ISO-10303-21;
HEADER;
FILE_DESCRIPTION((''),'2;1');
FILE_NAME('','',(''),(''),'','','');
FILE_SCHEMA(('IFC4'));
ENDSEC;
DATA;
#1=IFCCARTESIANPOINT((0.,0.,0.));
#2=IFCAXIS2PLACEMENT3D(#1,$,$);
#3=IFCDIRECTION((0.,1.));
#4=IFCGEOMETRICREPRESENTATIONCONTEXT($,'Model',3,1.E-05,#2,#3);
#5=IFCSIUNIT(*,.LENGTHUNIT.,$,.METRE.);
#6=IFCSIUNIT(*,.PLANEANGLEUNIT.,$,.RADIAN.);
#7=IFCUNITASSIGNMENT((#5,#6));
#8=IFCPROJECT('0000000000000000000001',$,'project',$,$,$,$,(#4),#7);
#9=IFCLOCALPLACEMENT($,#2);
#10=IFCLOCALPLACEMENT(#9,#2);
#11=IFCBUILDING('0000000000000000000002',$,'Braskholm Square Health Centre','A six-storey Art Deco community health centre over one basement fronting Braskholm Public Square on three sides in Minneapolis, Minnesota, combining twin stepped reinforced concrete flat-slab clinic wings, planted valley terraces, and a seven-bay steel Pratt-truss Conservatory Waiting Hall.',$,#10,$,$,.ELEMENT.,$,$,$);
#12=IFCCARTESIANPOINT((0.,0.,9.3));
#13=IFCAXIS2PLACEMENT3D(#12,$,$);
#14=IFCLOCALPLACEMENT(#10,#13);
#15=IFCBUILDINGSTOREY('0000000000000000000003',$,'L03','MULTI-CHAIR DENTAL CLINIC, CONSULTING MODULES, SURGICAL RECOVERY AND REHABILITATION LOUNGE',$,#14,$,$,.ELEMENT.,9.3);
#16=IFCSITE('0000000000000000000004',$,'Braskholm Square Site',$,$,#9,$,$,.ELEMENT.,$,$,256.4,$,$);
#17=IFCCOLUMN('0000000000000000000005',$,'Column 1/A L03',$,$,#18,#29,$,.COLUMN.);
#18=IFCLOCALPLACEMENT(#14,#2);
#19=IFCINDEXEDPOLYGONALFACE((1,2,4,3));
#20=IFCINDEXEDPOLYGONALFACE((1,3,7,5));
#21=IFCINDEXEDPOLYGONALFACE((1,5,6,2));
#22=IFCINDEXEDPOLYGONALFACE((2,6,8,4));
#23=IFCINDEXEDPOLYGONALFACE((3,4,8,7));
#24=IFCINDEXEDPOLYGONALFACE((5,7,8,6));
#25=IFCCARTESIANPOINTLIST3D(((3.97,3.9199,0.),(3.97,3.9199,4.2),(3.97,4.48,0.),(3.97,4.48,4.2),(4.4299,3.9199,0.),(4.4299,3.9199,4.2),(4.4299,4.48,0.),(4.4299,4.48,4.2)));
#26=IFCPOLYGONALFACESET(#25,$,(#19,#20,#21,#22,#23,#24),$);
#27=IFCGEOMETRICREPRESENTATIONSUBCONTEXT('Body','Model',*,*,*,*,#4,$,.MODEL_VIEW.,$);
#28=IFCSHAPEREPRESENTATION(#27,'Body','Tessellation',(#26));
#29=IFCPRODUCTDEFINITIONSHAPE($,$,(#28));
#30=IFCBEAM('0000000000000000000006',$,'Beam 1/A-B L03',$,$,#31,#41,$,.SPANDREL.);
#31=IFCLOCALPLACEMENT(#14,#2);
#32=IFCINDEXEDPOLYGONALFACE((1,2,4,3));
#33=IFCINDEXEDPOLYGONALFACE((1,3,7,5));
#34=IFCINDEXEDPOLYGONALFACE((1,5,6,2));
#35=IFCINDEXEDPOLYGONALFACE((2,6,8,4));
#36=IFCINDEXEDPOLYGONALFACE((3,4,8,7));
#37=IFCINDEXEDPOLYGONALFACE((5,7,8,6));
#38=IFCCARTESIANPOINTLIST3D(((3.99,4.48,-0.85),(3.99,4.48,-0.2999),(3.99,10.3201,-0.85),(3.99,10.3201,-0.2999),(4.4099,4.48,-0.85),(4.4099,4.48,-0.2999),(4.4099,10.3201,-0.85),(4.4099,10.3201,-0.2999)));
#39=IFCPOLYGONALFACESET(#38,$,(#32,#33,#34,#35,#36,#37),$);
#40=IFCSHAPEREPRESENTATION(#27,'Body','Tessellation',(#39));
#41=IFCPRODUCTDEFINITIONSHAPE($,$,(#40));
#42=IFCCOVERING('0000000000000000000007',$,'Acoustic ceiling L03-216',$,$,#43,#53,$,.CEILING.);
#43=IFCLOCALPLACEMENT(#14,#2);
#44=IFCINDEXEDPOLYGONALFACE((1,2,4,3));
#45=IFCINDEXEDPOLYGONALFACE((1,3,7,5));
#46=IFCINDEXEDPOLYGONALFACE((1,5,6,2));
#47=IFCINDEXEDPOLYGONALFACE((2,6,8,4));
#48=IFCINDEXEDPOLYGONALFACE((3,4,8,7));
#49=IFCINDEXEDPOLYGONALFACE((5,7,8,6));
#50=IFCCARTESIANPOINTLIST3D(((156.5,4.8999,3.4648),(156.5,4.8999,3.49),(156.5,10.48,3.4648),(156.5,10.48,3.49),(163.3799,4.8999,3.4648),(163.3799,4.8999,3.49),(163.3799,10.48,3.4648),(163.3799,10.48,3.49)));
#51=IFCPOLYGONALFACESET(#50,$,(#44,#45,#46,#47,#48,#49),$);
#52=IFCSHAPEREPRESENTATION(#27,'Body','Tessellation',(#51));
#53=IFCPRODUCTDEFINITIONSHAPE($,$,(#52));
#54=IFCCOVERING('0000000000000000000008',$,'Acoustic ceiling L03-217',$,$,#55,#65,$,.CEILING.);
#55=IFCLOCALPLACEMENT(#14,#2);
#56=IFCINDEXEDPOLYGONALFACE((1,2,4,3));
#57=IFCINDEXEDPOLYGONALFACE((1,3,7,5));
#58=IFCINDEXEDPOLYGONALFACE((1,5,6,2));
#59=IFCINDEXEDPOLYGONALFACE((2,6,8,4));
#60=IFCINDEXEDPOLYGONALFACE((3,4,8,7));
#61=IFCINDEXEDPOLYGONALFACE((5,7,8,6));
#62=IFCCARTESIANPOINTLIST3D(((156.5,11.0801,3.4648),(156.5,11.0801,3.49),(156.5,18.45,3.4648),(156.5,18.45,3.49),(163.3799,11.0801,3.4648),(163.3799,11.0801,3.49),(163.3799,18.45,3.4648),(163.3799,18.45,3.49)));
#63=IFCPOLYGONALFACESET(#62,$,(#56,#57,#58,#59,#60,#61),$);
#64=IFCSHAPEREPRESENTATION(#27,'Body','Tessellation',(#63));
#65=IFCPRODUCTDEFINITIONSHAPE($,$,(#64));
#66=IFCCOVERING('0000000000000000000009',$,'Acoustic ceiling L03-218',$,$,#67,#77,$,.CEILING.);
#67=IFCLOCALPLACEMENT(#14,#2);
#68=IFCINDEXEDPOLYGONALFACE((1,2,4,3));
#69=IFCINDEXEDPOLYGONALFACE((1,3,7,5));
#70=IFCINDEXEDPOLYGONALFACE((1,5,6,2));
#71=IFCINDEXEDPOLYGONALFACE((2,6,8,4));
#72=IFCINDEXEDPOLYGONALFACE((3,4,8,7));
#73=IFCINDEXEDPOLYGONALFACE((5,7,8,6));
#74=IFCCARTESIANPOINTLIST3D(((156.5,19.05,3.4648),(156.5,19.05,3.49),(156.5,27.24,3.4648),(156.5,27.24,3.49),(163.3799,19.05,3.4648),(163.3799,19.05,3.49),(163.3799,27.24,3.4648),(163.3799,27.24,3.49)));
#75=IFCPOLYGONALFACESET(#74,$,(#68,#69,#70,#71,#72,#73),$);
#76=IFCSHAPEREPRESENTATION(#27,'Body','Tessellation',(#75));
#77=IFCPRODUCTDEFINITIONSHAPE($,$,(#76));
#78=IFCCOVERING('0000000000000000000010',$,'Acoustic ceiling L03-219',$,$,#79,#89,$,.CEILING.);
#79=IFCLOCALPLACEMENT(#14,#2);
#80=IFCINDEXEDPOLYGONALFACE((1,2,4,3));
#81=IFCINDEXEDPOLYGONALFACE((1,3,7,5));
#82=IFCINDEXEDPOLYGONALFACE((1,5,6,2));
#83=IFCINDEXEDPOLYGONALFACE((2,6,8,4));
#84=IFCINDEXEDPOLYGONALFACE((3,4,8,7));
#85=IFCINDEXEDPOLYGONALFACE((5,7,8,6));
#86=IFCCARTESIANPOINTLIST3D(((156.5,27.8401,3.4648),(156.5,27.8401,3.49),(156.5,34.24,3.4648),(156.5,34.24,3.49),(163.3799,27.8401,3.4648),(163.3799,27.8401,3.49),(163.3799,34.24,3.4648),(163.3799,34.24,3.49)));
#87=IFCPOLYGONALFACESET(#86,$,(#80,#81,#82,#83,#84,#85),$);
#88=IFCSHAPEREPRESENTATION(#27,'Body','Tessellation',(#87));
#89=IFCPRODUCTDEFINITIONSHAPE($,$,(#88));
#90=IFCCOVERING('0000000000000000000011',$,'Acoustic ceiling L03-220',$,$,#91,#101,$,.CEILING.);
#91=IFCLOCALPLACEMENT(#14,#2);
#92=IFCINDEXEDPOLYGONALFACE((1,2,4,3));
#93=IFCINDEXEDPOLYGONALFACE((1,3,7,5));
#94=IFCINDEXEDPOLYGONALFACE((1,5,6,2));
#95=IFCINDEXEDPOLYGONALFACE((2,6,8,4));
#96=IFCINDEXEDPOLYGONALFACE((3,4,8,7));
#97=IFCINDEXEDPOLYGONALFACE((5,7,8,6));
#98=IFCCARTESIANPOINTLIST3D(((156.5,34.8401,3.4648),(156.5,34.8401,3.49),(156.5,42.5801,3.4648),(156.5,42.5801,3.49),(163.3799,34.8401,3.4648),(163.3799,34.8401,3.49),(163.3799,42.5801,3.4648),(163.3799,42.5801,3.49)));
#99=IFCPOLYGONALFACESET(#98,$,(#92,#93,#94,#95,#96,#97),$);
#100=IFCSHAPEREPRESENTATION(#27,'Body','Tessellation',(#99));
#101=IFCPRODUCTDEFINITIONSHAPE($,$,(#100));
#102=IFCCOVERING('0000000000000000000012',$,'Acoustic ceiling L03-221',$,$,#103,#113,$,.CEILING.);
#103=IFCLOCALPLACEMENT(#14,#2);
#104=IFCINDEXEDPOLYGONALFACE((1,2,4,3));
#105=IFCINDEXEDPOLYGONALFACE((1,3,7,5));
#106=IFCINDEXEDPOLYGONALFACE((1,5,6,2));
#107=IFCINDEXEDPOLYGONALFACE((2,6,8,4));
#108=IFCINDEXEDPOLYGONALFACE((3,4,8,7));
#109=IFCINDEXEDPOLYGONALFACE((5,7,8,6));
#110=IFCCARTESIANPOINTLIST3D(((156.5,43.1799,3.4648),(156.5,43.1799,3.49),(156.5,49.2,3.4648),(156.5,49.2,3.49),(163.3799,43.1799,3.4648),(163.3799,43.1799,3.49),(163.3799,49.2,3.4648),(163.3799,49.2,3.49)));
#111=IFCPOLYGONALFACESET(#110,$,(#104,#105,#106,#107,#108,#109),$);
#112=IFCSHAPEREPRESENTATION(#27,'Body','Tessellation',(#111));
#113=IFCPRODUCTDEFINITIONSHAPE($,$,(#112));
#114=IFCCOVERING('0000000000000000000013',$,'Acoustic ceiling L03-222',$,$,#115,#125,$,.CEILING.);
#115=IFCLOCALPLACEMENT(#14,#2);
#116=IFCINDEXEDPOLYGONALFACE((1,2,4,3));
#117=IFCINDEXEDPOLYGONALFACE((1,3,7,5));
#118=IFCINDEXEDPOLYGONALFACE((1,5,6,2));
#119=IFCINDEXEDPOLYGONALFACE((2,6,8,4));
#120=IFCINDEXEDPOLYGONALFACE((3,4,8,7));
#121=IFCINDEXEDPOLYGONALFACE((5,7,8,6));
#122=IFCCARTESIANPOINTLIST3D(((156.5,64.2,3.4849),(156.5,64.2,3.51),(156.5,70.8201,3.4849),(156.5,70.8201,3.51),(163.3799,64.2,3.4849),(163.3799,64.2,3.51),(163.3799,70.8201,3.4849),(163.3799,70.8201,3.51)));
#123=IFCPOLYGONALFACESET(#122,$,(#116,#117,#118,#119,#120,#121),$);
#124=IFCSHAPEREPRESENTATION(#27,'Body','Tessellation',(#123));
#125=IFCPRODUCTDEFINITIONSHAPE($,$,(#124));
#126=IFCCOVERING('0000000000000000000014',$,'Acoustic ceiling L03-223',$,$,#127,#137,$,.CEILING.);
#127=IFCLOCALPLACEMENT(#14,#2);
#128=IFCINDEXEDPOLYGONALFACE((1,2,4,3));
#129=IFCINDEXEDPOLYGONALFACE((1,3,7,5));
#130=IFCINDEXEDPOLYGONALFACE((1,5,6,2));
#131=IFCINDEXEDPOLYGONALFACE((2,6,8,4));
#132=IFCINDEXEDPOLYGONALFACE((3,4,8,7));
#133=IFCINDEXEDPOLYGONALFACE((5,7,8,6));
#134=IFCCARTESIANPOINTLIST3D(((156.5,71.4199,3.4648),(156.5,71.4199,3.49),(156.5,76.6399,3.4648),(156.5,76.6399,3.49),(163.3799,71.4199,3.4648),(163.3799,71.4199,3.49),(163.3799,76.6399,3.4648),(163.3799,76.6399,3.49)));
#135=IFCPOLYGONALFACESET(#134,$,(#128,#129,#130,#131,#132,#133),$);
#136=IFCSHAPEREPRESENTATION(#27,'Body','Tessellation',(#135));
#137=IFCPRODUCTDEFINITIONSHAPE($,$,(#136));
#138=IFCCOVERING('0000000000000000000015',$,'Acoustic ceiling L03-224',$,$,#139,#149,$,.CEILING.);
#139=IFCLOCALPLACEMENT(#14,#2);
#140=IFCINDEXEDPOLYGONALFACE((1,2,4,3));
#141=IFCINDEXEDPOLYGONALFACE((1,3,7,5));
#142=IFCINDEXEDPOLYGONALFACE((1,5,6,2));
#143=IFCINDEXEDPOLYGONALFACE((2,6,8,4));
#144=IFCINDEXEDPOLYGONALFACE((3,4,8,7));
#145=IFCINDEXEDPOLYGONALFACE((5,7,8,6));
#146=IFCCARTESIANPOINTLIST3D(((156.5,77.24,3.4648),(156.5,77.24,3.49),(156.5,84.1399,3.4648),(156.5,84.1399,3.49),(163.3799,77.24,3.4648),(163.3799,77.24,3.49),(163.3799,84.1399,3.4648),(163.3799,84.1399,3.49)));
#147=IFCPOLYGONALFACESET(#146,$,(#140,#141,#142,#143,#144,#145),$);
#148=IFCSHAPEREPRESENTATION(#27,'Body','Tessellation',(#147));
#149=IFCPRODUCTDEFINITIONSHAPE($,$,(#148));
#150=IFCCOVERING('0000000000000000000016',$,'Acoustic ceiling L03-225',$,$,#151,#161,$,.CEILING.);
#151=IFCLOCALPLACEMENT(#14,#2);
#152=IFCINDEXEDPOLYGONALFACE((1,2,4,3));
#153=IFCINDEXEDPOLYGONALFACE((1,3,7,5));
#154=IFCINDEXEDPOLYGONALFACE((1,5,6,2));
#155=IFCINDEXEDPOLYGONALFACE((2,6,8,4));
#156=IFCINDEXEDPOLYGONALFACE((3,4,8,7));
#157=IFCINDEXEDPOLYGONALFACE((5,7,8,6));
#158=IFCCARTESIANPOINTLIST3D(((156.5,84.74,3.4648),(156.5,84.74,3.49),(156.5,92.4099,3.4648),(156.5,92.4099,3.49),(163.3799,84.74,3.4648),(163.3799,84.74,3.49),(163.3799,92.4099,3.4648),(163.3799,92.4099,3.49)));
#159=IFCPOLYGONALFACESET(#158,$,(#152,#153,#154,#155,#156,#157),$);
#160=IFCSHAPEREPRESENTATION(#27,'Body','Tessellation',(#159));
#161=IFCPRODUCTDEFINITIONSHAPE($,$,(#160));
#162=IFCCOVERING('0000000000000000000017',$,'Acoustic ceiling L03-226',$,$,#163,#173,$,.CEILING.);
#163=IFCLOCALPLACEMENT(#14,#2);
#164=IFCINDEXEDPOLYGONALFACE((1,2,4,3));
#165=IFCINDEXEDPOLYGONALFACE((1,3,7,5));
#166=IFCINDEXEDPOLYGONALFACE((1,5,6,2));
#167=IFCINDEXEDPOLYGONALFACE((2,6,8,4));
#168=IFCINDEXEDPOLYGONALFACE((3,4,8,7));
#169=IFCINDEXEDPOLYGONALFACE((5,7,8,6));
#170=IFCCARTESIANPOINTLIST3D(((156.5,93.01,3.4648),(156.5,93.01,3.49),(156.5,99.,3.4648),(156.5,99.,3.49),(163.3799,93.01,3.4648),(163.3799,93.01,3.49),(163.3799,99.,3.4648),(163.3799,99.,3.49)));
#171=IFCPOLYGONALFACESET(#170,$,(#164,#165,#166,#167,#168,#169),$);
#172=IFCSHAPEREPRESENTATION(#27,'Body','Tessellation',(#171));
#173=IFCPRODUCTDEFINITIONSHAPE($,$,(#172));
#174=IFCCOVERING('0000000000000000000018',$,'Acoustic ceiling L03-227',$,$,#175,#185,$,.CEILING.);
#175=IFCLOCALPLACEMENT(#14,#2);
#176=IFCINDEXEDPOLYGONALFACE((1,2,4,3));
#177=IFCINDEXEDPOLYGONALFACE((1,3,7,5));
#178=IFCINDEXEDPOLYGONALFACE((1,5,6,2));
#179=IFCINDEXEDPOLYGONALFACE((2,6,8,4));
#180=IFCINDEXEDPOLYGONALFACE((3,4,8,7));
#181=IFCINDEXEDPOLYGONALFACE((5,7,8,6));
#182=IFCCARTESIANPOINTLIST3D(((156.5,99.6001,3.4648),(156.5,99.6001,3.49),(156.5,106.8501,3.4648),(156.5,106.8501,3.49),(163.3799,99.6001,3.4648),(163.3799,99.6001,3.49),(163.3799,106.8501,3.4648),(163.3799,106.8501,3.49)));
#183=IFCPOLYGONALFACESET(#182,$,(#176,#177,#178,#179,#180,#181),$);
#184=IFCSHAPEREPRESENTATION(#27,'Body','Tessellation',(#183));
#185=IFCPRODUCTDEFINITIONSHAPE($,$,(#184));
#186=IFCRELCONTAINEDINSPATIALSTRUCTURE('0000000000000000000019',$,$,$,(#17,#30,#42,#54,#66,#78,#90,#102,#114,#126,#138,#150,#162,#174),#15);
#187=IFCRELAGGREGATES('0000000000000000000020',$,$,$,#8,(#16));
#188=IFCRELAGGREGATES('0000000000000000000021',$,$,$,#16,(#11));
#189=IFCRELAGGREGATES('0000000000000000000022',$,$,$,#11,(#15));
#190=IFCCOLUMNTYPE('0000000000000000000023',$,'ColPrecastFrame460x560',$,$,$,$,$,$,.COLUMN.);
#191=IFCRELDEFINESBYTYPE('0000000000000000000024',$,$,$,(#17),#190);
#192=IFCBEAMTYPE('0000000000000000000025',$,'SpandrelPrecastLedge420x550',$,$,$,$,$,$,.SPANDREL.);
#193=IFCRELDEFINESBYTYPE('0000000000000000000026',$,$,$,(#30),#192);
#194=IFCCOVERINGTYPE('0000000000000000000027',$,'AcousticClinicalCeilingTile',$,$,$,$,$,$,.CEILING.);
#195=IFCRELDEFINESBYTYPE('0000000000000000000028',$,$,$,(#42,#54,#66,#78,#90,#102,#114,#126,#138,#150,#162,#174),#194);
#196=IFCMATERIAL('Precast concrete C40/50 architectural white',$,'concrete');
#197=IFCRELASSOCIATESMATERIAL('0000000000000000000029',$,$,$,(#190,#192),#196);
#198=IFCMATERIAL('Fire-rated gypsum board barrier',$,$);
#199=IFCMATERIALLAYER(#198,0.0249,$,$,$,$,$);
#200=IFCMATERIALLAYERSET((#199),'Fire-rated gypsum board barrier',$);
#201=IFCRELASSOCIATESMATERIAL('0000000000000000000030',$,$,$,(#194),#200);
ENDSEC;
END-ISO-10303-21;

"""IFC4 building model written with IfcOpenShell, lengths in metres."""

from ifc_helpers import new_model, si_unit, direction, frame, origin, origin_2d, place, context, subcontext, project, spatial, polyline, rectangle, outline, extrude, material, layer, layer_set, material_profile, profile_set, type_object, element, save


model = new_model("IFC4")

# Units and contexts
model_context = context("Model", 3, precision=1e-05, world=origin(), true_north=direction((0.0, 1.0)))
body_context = subcontext(model_context, "Body", "Model", "MODEL_VIEW")
ifc_project = project(units=[si_unit("LENGTHUNIT", "METRE"), si_unit("PLANEANGLEUNIT", "RADIAN")], contexts=[model_context])

# Site, building, storey
site_placement = place(None, origin())
site = spatial("IfcSite", under=ifc_project, at=site_placement, Name="Braskholm Square Site", CompositionType="ELEMENT", RefElevation=256.4)
building_placement = place(site_placement, origin())
building = spatial("IfcBuilding", under=site, at=building_placement, Name="Braskholm Square Health Centre", Description="A six-storey Art Deco community health centre over one basement fronting Braskholm Public Square on three sides in Minneapolis, Minnesota, combining twin stepped reinforced concrete flat-slab clinic wings, planted valley terraces, and a seven-bay steel Pratt-truss Conservatory Waiting Hall.", CompositionType="ELEMENT")
storey_placement = place(building_placement, frame((0.0, 0.0, 9.3)))
storey = spatial("IfcBuildingStorey", under=building, at=storey_placement, Name="L03", Description="MULTI-CHAIR DENTAL CLINIC, CONSULTING MODULES, SURGICAL RECOVERY AND REHABILITATION LOUNGE", CompositionType="ELEMENT", Elevation=9.3)

# Column
ifc_material_1 = material(Name="Precast concrete C40/50 architectural white", Category="concrete")
ifc_material_profile_1 = material_profile(ifc_material_1, rectangle(XDim=0.46, YDim=0.5601, at=origin_2d()), Name="RC-460X560")
ifc_profile_set_1 = profile_set([ifc_material_profile_1], Name="Precast concrete C40/50 architectural white")
column_type = type_object("IfcColumnType", Name="ColPrecastFrame460x560", PredefinedType="COLUMN", material=ifc_profile_set_1)
column_placement = place(storey_placement, frame((4.2, 4.2, 0.0), z_axis=(0.0, 0.0, 1.0), x_axis=(1.0, 0.0, 0.0)))
element("IfcColumn", 1, at=column_placement, inside=storey, type_object=column_type, Name="Column 1/A L03", PredefinedType="COLUMN", context=body_context, shape_type="SweptSolid", body=[
    extrude(rectangle(XDim=0.46, YDim=0.5601, at=origin_2d()), origin(), (0.0, 0.0, 1.0), 4.2),
])

# Beam
ifc_material_profile_2 = material_profile(ifc_material_1, rectangle(XDim=0.4199, YDim=0.55, at=origin_2d()), Name="RCB-420X550")
ifc_profile_set_2 = profile_set([ifc_material_profile_2], Name="Precast concrete C40/50 architectural white")
beam_type = type_object("IfcBeamType", Name="SpandrelPrecastLedge420x550", PredefinedType="SPANDREL", material=ifc_profile_set_2)
beam_placement = place(storey_placement, frame((4.2, 4.48, -0.575), z_axis=(0.0, 1.0, 0.0), x_axis=(-1.0, 0.0, 0.0)))
element("IfcBeam", 2, at=beam_placement, inside=storey, type_object=beam_type, Name="Beam 1/A-B L03", PredefinedType="SPANDREL", context=body_context, shape_type="SweptSolid", body=[
    extrude(rectangle(XDim=0.4199, YDim=0.55, at=origin_2d()), origin(), (0.0, 0.0, 1.0), 5.8401),
])

# Coverings
ifc_material_2 = material(Name="Fire-rated gypsum board barrier")
ifc_layer_1 = layer(ifc_material_2, 0.0249)
ifc_layer_set_1 = layer_set([ifc_layer_1], Name="Fire-rated gypsum board barrier")
covering_type_1 = type_object("IfcCoveringType", Name="AcousticClinicalCeilingTile", PredefinedType="CEILING", material=ifc_layer_set_1)
covering_1_placement = place(storey_placement, frame((0.0, 0.0, 3.4648)))
element("IfcCovering", 3, at=covering_1_placement, inside=storey, type_object=covering_type_1, Name="Acoustic ceiling L03-216", PredefinedType="CEILING", context=body_context, shape_type="SweptSolid", body=[
    extrude(outline(polyline([(156.5, 4.8999), (163.3799, 4.8999), (163.3799, 10.48), (156.5, 10.48), (156.5, 4.8999)])), origin(), (0.0, 0.0, 1.0), 0.0251),
])
covering_2_placement = place(storey_placement, frame((0.0, 0.0, 3.4648)))
element("IfcCovering", 4, at=covering_2_placement, inside=storey, type_object=covering_type_1, Name="Acoustic ceiling L03-217", PredefinedType="CEILING", context=body_context, shape_type="SweptSolid", body=[
    extrude(outline(polyline([(156.5, 11.0801), (163.3799, 11.0801), (163.3799, 18.45), (156.5, 18.45), (156.5, 11.0801)])), origin(), (0.0, 0.0, 1.0), 0.0251),
])
covering_3_placement = place(storey_placement, frame((0.0, 0.0, 3.4648)))
element("IfcCovering", 5, at=covering_3_placement, inside=storey, type_object=covering_type_1, Name="Acoustic ceiling L03-218", PredefinedType="CEILING", context=body_context, shape_type="SweptSolid", body=[
    extrude(outline(polyline([(156.5, 19.05), (163.3799, 19.05), (163.3799, 27.24), (156.5, 27.24), (156.5, 19.05)])), origin(), (0.0, 0.0, 1.0), 0.0251),
])
covering_4_placement = place(storey_placement, frame((0.0, 0.0, 3.4648)))
element("IfcCovering", 6, at=covering_4_placement, inside=storey, type_object=covering_type_1, Name="Acoustic ceiling L03-219", PredefinedType="CEILING", context=body_context, shape_type="SweptSolid", body=[
    extrude(outline(polyline([(156.5, 27.8401), (163.3799, 27.8401), (163.3799, 34.24), (156.5, 34.24), (156.5, 27.8401)])), origin(), (0.0, 0.0, 1.0), 0.0251),
])
covering_5_placement = place(storey_placement, frame((0.0, 0.0, 3.4648)))
element("IfcCovering", 7, at=covering_5_placement, inside=storey, type_object=covering_type_1, Name="Acoustic ceiling L03-220", PredefinedType="CEILING", context=body_context, shape_type="SweptSolid", body=[
    extrude(outline(polyline([(156.5, 34.8401), (163.3799, 34.8401), (163.3799, 42.5801), (156.5, 42.5801), (156.5, 34.8401)])), origin(), (0.0, 0.0, 1.0), 0.0251),
])
covering_6_placement = place(storey_placement, frame((0.0, 0.0, 3.4648)))
element("IfcCovering", 8, at=covering_6_placement, inside=storey, type_object=covering_type_1, Name="Acoustic ceiling L03-221", PredefinedType="CEILING", context=body_context, shape_type="SweptSolid", body=[
    extrude(outline(polyline([(156.5, 43.1799), (163.3799, 43.1799), (163.3799, 49.2), (156.5, 49.2), (156.5, 43.1799)])), origin(), (0.0, 0.0, 1.0), 0.0251),
])
covering_7_placement = place(storey_placement, frame((0.0, 0.0, 3.4849)))
element("IfcCovering", 9, at=covering_7_placement, inside=storey, type_object=covering_type_1, Name="Acoustic ceiling L03-222", PredefinedType="CEILING", context=body_context, shape_type="SweptSolid", body=[
    extrude(outline(polyline([(156.5, 64.2), (163.3799, 64.2), (163.3799, 70.8201), (156.5, 70.8201), (156.5, 64.2)])), origin(), (0.0, 0.0, 1.0), 0.0251),
])
covering_8_placement = place(storey_placement, frame((0.0, 0.0, 3.4648)))
element("IfcCovering", 10, at=covering_8_placement, inside=storey, type_object=covering_type_1, Name="Acoustic ceiling L03-223", PredefinedType="CEILING", context=body_context, shape_type="SweptSolid", body=[
    extrude(outline(polyline([(156.5, 71.4199), (163.3799, 71.4199), (163.3799, 76.6399), (156.5, 76.6399), (156.5, 71.4199)])), origin(), (0.0, 0.0, 1.0), 0.0251),
])
covering_9_placement = place(storey_placement, frame((0.0, 0.0, 3.4648)))
element("IfcCovering", 11, at=covering_9_placement, inside=storey, type_object=covering_type_1, Name="Acoustic ceiling L03-224", PredefinedType="CEILING", context=body_context, shape_type="SweptSolid", body=[
    extrude(outline(polyline([(156.5, 77.24), (163.3799, 77.24), (163.3799, 84.1399), (156.5, 84.1399), (156.5, 77.24)])), origin(), (0.0, 0.0, 1.0), 0.0251),
])
covering_10_placement = place(storey_placement, frame((0.0, 0.0, 3.4648)))
element("IfcCovering", 12, at=covering_10_placement, inside=storey, type_object=covering_type_1, Name="Acoustic ceiling L03-225", PredefinedType="CEILING", context=body_context, shape_type="SweptSolid", body=[
    extrude(outline(polyline([(156.5, 84.74), (163.3799, 84.74), (163.3799, 92.4099), (156.5, 92.4099), (156.5, 84.74)])), origin(), (0.0, 0.0, 1.0), 0.0251),
])
covering_11_placement = place(storey_placement, frame((0.0, 0.0, 3.4648)))
element("IfcCovering", 13, at=covering_11_placement, inside=storey, type_object=covering_type_1, Name="Acoustic ceiling L03-226", PredefinedType="CEILING", context=body_context, shape_type="SweptSolid", body=[
    extrude(outline(polyline([(156.5, 93.01), (163.3799, 93.01), (163.3799, 99.0), (156.5, 99.0), (156.5, 93.01)])), origin(), (0.0, 0.0, 1.0), 0.0251),
])
covering_12_placement = place(storey_placement, frame((0.0, 0.0, 3.4648)))
element("IfcCovering", 14, at=covering_12_placement, inside=storey, type_object=covering_type_1, Name="Acoustic ceiling L03-227", PredefinedType="CEILING", context=body_context, shape_type="SweptSolid", body=[
    extrude(outline(polyline([(156.5, 99.6001), (163.3799, 99.6001), (163.3799, 106.8501), (156.5, 106.8501), (156.5, 99.6001)])), origin(), (0.0, 0.0, 1.0), 0.0251),
])

save(model, "model.ifc")
